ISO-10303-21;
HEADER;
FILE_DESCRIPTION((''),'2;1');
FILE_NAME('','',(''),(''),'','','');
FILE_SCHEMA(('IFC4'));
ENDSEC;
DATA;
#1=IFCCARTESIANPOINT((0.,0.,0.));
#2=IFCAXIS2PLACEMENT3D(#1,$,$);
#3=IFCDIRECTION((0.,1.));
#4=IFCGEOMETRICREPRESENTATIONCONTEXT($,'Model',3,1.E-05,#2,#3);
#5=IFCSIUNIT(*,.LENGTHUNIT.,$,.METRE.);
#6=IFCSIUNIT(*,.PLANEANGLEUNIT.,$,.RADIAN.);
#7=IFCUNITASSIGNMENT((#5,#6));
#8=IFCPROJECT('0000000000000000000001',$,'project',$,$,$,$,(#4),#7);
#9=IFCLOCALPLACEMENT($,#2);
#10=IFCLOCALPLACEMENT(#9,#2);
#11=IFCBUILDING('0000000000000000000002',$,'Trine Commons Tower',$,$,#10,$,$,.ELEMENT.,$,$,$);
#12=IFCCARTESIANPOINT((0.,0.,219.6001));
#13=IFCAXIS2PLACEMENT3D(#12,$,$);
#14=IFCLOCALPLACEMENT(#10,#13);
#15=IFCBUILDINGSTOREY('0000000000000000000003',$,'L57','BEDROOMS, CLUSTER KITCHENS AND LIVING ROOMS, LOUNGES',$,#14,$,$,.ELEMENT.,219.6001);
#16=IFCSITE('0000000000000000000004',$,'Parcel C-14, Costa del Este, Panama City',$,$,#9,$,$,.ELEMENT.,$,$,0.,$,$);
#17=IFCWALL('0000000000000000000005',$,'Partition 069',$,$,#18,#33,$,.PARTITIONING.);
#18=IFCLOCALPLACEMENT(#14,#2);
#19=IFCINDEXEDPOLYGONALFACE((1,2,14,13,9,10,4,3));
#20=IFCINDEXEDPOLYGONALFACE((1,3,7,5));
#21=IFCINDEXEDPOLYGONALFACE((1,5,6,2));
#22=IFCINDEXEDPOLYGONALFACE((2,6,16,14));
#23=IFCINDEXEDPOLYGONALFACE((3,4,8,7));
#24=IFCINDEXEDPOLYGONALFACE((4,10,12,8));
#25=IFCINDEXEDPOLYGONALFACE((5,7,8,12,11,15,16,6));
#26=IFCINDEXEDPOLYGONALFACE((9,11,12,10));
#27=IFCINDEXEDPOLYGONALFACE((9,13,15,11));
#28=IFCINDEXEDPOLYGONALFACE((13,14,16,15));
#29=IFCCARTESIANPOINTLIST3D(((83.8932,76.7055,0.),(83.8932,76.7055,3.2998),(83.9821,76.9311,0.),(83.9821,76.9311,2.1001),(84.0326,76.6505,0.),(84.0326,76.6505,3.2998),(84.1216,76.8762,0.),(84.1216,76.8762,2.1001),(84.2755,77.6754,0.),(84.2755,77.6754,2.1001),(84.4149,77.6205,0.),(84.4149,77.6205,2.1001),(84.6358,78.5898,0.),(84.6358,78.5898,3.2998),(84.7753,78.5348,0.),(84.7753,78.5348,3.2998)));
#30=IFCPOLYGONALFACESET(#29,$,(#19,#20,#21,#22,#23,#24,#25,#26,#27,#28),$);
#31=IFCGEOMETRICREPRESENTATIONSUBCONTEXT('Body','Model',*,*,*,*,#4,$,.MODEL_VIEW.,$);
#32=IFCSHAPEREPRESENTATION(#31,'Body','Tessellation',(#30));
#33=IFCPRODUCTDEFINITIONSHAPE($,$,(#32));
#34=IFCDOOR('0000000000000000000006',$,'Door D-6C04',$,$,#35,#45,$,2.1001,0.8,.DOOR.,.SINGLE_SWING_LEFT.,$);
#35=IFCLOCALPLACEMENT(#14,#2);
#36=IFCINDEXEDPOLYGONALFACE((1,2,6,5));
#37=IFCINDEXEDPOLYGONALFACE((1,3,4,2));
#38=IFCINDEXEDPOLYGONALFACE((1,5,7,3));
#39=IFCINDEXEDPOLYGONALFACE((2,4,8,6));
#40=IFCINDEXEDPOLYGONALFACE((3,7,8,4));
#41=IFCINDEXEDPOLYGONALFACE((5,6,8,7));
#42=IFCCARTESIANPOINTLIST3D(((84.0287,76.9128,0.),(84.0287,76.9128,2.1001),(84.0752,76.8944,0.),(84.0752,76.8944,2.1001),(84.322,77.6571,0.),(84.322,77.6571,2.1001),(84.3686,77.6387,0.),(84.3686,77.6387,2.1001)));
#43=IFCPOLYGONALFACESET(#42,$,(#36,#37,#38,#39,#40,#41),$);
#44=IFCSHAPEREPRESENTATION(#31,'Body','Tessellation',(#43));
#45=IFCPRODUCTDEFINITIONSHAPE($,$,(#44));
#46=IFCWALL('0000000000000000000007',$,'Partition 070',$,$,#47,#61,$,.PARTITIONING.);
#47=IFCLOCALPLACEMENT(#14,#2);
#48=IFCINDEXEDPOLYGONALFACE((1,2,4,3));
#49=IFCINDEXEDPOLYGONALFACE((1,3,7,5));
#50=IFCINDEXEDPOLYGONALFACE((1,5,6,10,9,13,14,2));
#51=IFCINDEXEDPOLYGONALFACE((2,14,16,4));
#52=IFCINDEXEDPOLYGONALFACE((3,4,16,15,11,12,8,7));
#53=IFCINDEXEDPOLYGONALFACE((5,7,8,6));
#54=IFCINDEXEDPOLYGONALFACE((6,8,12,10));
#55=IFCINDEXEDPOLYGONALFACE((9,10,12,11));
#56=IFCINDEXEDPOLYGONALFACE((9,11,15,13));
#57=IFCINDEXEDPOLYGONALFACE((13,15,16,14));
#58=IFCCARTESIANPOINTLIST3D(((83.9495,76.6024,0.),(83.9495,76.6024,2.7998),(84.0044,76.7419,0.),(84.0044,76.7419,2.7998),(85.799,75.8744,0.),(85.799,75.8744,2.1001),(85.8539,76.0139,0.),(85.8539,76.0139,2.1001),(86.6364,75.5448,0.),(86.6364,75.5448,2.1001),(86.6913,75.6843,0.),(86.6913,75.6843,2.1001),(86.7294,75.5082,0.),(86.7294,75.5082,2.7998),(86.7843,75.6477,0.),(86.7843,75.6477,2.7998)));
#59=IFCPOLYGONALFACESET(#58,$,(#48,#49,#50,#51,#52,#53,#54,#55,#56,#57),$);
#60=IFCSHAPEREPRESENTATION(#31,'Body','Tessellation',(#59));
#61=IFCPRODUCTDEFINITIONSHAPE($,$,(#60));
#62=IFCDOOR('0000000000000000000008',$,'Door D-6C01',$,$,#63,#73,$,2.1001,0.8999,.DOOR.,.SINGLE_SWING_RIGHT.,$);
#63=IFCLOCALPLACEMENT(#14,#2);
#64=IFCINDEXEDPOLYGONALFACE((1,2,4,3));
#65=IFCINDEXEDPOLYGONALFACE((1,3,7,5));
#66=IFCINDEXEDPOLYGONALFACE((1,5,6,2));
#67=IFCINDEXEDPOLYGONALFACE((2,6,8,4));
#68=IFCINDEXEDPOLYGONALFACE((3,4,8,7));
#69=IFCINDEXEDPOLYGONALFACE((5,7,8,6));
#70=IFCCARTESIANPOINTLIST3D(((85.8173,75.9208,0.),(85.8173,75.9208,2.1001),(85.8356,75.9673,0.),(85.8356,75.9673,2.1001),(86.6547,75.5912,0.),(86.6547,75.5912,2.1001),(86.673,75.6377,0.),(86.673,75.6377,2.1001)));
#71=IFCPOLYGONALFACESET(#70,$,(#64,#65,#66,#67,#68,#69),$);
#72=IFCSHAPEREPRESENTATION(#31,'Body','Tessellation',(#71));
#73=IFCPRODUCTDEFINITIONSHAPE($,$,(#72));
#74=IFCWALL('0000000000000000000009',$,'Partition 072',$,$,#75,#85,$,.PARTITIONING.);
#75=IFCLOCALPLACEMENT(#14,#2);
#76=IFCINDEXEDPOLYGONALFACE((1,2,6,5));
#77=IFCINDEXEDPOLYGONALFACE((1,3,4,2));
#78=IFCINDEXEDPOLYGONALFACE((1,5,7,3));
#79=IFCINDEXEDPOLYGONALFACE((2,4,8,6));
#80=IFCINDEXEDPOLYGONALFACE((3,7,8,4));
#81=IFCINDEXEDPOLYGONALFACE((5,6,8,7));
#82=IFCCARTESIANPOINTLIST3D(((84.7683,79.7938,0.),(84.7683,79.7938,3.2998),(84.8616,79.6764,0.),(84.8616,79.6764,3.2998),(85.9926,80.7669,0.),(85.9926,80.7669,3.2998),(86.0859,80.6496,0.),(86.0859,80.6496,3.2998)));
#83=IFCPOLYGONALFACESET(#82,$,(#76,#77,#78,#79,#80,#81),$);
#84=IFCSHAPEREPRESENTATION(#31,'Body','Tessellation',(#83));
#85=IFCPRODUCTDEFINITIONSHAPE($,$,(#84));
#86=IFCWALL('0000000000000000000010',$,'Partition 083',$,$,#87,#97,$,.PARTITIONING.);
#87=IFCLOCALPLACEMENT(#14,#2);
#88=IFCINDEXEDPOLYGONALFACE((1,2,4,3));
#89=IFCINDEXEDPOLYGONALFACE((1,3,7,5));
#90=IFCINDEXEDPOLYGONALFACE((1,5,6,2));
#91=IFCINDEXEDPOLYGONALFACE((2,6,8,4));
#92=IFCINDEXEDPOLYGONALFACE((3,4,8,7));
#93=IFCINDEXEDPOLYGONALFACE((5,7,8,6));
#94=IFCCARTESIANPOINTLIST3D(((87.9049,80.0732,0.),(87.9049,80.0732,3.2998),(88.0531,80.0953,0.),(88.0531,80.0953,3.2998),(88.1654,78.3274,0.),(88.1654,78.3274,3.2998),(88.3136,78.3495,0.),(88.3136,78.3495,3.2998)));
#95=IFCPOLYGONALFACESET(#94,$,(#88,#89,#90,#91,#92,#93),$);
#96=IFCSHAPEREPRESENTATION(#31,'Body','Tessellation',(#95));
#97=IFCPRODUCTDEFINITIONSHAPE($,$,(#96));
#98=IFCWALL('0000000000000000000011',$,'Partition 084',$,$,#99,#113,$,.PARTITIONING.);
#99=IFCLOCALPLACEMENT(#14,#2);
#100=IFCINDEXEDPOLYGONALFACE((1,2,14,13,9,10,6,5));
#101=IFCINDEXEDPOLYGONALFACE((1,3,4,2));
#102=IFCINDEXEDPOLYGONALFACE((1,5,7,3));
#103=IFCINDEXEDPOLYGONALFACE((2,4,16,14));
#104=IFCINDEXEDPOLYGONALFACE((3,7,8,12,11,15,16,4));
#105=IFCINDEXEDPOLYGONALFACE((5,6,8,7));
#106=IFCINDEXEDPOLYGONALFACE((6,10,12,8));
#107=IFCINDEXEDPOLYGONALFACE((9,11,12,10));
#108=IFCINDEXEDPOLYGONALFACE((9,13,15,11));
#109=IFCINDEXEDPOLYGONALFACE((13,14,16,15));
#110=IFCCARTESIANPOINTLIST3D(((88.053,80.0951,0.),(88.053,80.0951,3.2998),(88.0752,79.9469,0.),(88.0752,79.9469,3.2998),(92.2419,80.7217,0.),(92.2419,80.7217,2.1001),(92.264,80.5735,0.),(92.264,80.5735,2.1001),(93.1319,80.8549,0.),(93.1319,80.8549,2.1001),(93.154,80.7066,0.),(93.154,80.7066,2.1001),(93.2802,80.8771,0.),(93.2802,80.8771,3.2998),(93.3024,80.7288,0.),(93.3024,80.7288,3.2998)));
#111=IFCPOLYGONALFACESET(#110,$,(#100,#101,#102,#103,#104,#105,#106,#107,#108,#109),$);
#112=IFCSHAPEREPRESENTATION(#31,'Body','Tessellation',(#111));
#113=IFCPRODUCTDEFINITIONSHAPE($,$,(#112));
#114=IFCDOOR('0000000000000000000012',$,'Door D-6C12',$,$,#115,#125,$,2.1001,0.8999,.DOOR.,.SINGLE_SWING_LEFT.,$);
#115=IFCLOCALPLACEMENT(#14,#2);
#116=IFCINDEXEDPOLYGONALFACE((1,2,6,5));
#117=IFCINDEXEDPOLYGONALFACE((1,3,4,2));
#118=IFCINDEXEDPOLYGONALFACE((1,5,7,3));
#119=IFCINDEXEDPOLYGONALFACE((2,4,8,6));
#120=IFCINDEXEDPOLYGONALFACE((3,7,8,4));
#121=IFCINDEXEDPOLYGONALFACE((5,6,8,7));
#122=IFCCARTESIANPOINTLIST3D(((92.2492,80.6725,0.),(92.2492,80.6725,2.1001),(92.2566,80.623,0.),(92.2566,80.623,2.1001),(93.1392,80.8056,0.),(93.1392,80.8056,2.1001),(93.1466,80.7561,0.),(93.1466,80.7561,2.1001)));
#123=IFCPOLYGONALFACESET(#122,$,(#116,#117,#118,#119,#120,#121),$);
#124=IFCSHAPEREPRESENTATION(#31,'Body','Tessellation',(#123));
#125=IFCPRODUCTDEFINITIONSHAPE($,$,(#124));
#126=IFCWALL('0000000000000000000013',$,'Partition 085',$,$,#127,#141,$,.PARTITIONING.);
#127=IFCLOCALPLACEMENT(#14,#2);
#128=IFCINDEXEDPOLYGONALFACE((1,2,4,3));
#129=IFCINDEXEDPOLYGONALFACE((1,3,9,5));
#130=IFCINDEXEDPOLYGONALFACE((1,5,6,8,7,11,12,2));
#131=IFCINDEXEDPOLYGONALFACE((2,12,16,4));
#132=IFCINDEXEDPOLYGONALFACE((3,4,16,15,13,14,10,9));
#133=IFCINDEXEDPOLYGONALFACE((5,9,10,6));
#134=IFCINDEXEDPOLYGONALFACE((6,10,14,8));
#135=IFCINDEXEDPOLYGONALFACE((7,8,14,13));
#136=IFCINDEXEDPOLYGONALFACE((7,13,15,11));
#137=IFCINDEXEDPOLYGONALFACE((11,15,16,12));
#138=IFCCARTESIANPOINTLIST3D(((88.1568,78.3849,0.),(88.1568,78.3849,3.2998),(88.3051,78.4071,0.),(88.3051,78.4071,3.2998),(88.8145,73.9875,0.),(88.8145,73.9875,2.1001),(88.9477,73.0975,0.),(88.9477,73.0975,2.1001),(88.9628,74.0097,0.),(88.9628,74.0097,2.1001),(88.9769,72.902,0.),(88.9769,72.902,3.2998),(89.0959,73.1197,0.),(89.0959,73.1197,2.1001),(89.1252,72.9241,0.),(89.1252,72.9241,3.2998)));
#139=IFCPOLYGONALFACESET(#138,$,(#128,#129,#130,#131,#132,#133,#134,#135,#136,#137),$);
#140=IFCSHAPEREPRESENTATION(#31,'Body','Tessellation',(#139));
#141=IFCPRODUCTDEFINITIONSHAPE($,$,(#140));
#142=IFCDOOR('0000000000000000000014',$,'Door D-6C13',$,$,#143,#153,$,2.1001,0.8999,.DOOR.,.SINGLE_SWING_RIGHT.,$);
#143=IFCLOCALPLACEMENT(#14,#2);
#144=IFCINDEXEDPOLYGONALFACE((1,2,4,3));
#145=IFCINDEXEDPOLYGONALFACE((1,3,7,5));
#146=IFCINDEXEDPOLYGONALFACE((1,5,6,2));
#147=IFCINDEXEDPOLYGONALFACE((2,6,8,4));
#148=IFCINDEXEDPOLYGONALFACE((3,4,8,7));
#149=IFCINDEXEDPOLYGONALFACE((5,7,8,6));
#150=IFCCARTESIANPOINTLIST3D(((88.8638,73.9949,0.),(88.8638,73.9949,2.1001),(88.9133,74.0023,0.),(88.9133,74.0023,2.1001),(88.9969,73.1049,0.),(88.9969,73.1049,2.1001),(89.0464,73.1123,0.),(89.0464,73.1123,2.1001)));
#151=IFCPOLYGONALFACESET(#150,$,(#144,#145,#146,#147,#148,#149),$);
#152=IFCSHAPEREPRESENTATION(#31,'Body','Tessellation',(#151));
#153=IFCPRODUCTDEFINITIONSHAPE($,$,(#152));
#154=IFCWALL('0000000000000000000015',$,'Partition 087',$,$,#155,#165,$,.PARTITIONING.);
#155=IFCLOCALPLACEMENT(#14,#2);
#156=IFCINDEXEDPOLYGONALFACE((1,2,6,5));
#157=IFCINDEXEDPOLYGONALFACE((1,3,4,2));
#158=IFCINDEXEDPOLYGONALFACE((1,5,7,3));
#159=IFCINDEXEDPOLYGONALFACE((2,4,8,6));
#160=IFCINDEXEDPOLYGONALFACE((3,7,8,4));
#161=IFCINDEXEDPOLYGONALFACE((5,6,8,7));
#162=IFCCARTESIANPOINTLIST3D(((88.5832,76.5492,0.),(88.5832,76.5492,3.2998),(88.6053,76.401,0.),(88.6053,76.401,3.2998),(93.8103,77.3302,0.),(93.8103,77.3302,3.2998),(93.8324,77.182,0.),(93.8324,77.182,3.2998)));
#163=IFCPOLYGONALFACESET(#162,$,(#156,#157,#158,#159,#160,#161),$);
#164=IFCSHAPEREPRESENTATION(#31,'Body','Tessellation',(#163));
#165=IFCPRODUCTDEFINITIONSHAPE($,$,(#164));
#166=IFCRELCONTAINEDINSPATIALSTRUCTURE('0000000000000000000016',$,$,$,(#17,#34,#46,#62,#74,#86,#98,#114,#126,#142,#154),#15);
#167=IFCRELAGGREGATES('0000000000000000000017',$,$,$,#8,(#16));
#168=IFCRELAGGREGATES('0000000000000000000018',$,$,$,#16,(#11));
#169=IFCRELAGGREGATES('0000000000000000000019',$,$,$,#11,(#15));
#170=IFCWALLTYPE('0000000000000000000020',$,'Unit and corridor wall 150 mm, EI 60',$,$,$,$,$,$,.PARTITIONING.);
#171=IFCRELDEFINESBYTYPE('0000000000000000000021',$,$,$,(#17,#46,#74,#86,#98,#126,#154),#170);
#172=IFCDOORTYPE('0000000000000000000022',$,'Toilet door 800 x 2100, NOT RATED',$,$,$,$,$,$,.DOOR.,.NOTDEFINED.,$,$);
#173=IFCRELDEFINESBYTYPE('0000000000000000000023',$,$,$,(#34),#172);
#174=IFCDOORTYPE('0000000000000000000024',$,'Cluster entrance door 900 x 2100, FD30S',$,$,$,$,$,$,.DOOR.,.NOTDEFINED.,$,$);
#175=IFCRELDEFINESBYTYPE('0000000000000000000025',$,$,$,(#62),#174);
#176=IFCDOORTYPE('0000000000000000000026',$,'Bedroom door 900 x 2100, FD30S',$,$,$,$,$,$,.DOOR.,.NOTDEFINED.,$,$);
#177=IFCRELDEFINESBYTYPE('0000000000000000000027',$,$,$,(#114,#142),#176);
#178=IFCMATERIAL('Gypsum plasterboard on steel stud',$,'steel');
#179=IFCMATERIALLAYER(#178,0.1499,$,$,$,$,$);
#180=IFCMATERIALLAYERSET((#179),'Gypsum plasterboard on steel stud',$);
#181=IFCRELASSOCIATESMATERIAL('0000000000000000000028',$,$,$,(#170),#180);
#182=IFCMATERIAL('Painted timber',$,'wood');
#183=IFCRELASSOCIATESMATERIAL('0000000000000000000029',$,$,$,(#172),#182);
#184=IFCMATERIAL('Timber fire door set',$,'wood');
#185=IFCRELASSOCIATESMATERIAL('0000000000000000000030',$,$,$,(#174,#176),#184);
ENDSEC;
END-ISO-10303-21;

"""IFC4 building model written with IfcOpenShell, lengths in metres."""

from ifc_helpers import new_model, si_unit, direction, frame, frame_2d, origin, place, context, subcontext, project, spatial, rectangle, extrude, material, layer, layer_set, type_object, element, fill, save


model = new_model("IFC4")

# Units and contexts
model_context = context("Model", 3, precision=1e-05, world=origin(), true_north=direction((0.0, 1.0)))
body_context = subcontext(model_context, "Body", "Model", "MODEL_VIEW")
ifc_project = project(units=[si_unit("LENGTHUNIT", "METRE"), si_unit("PLANEANGLEUNIT", "RADIAN")], contexts=[model_context])

# Site, building, storey
site_placement = place(None, origin())
site = spatial("IfcSite", under=ifc_project, at=site_placement, Name="Parcel C-14, Costa del Este, Panama City", CompositionType="ELEMENT", RefElevation=0.0)
building_placement = place(site_placement, origin())
building = spatial("IfcBuilding", under=site, at=building_placement, Name="Trine Commons Tower", CompositionType="ELEMENT")
storey_placement = place(building_placement, frame((0.0, 0.0, 219.6001)))
storey = spatial("IfcBuildingStorey", under=building, at=storey_placement, Name="L57", Description="BEDROOMS, CLUSTER KITCHENS AND LIVING ROOMS, LOUNGES", CompositionType="ELEMENT", Elevation=219.6001)

# Shared definitions
ifc_material_1 = material(Name="Gypsum plasterboard on steel stud", Category="steel")
ifc_layer_1 = layer(ifc_material_1, 0.1499)
ifc_layer_set_1 = layer_set([ifc_layer_1], Name="Gypsum plasterboard on steel stud")
wall_type_1 = type_object("IfcWallType", Name="Unit and corridor wall 150 mm, EI 60", PredefinedType="PARTITIONING", material=ifc_layer_set_1)

# Walls, openings, doors
wall_1_placement = place(storey_placement, frame((83.9629, 76.678, 0.0), z_axis=(0.0, 0.0, 1.0), x_axis=(0.366689, 0.930344, 0.0)))
wall_1 = element("IfcWall", 1, at=wall_1_placement, inside=storey, type_object=wall_type_1, Name="Partition 069", PredefinedType="PARTITIONING", context=body_context, shape_type="SweptSolid", body=[
    extrude(rectangle(XDim=2.0254, YDim=0.1499, at=frame_2d((1.0127, 0.0))), origin(), (0.0, 0.0, 1.0), 3.2998),
])
opening_1_placement = place(wall_1_placement, frame((0.2427, 0.0, 0.0)))
opening_1 = element("IfcOpeningElement", 2, at=opening_1_placement, cuts=wall_1, PredefinedType="OPENING", context=body_context, shape_type="SweptSolid", body=[
    extrude(rectangle(XDim=0.8, YDim=2.1001, at=frame_2d((0.3999, 1.05))), frame((0.0, 0.085, 0.0), z_axis=(0.0, -1.0, 0.0), x_axis=(1.0, 0.0, 0.0)), (0.0, 0.0, 1.0), 0.1699),
])
ifc_material_2 = material(Name="Painted timber", Category="wood")
door_type_1 = type_object("IfcDoorType", Name="Toilet door 800 x 2100, NOT RATED", OperationType="NOTDEFINED", PredefinedType="DOOR", material=ifc_material_2)
door_1_placement = place(opening_1_placement, origin())
door_1 = element("IfcDoor", 3, at=door_1_placement, inside=storey, type_object=door_type_1, Name="Door D-6C04", OperationType="SINGLE_SWING_LEFT", OverallHeight=2.1001, OverallWidth=0.8, PredefinedType="DOOR", context=body_context, shape_type="SweptSolid", body=[
    extrude(rectangle(XDim=0.8, YDim=2.1001, at=frame_2d((0.3999, 1.05))), frame((0.0, 0.0249, 0.0), z_axis=(0.0, -1.0, 0.0), x_axis=(1.0, 0.0, 0.0)), (0.0, 0.0, 1.0), 0.05),
])
fill(opening_1, door_1)
wall_2_placement = place(storey_placement, frame((83.9771, 76.6721, 0.0), z_axis=(0.0, 0.0, 1.0), x_axis=(0.930514, -0.366257, 0.0)))
wall_2 = element("IfcWall", 4, at=wall_2_placement, inside=storey, type_object=wall_type_1, Name="Partition 070", PredefinedType="PARTITIONING", context=body_context, shape_type="SweptSolid", body=[
    extrude(rectangle(XDim=2.9875, YDim=0.1499, at=frame_2d((1.4937, 0.0))), origin(), (0.0, 0.0, 1.0), 2.7998),
])
opening_2_placement = place(wall_2_placement, frame((1.9875, 0.0, 0.0)))
opening_2 = element("IfcOpeningElement", 5, at=opening_2_placement, cuts=wall_2, PredefinedType="OPENING", context=body_context, shape_type="SweptSolid", body=[
    extrude(rectangle(XDim=0.8999, YDim=2.1001, at=frame_2d((0.45, 1.05))), frame((0.0, 0.085, 0.0), z_axis=(0.0, -1.0, 0.0), x_axis=(1.0, 0.0, 0.0)), (0.0, 0.0, 1.0), 0.1699),
])
ifc_material_3 = material(Name="Timber fire door set", Category="wood")
door_type_2 = type_object("IfcDoorType", Name="Cluster entrance door 900 x 2100, FD30S", OperationType="NOTDEFINED", PredefinedType="DOOR", material=ifc_material_3)
door_2_placement = place(opening_2_placement, origin())
door_2 = element("IfcDoor", 6, at=door_2_placement, inside=storey, type_object=door_type_2, Name="Door D-6C01", OperationType="SINGLE_SWING_RIGHT", OverallHeight=2.1001, OverallWidth=0.8999, PredefinedType="DOOR", context=body_context, shape_type="SweptSolid", body=[
    extrude(rectangle(XDim=0.8999, YDim=2.1001, at=frame_2d((0.45, 1.05))), frame((0.0, 0.0249, 0.0), z_axis=(0.0, -1.0, 0.0), x_axis=(1.0, 0.0, 0.0)), (0.0, 0.0, 1.0), 0.05),
])
fill(opening_2, door_2)

# Walls
wall_3_placement = place(storey_placement, frame((84.8149, 79.7351, 0.0), z_axis=(0.0, 0.0, 1.0), x_axis=(0.782845, 0.622217, 0.0)))
element("IfcWall", 7, at=wall_3_placement, inside=storey, type_object=wall_type_1, Name="Partition 072", PredefinedType="PARTITIONING", context=body_context, shape_type="SweptSolid", body=[
    extrude(rectangle(XDim=1.564, YDim=0.1499, at=frame_2d((0.782, 0.0))), origin(), (0.0, 0.0, 1.0), 3.2998),
])
wall_4_placement = place(storey_placement, frame((87.979, 80.0842, 0.0), z_axis=(0.0, 0.0, 1.0), x_axis=(0.147576, -0.989051, 0.0)))
element("IfcWall", 8, at=wall_4_placement, inside=storey, type_object=wall_type_1, Name="Partition 083", PredefinedType="PARTITIONING", context=body_context, shape_type="SweptSolid", body=[
    extrude(rectangle(XDim=1.7651, YDim=0.1499, at=frame_2d((0.8826, 0.0))), origin(), (0.0, 0.0, 1.0), 3.2998),
])

# Walls, openings, doors
wall_5_placement = place(storey_placement, frame((88.0642, 80.021, 0.0), z_axis=(0.0, 0.0, 1.0), x_axis=(0.988995, 0.14795, 0.0)))
wall_5 = element("IfcWall", 9, at=wall_5_placement, inside=storey, type_object=wall_type_1, Name="Partition 084", PredefinedType="PARTITIONING", context=body_context, shape_type="SweptSolid", body=[
    extrude(rectangle(XDim=5.2854, YDim=0.1499, at=frame_2d((2.6426, 0.0))), origin(), (0.0, 0.0, 1.0), 3.2998),
])
opening_3_placement = place(wall_5_placement, frame((4.2354, 0.0, 0.0)))
opening_3 = element("IfcOpeningElement", 10, at=opening_3_placement, cuts=wall_5, PredefinedType="OPENING", context=body_context, shape_type="SweptSolid", body=[
    extrude(rectangle(XDim=0.8999, YDim=2.1001, at=frame_2d((0.45, 1.05))), frame((0.0, 0.085, 0.0), z_axis=(0.0, -1.0, 0.0), x_axis=(1.0, 0.0, 0.0)), (0.0, 0.0, 1.0), 0.1699),
])
door_type_3 = type_object("IfcDoorType", Name="Bedroom door 900 x 2100, FD30S", OperationType="NOTDEFINED", PredefinedType="DOOR", material=ifc_material_3)
door_3_placement = place(opening_3_placement, frame((0.8999, 0.0, 0.0), z_axis=(0.0, 0.0, 1.0), x_axis=(-1.0, 0.0, 0.0)))
door_3 = element("IfcDoor", 11, at=door_3_placement, inside=storey, type_object=door_type_3, Name="Door D-6C12", OperationType="SINGLE_SWING_LEFT", OverallHeight=2.1001, OverallWidth=0.8999, PredefinedType="DOOR", context=body_context, shape_type="SweptSolid", body=[
    extrude(rectangle(XDim=0.8999, YDim=2.1001, at=frame_2d((0.45, 1.05))), frame((0.0, 0.0249, 0.0), z_axis=(0.0, -1.0, 0.0), x_axis=(1.0, 0.0, 0.0)), (0.0, 0.0, 1.0), 0.05),
])
fill(opening_3, door_3)
wall_6_placement = place(storey_placement, frame((88.231, 78.396, 0.0), z_axis=(0.0, 0.0, 1.0), x_axis=(0.147923, -0.988999, 0.0)))
wall_6 = element("IfcWall", 12, at=wall_6_placement, inside=storey, type_object=wall_type_1, Name="Partition 085", PredefinedType="PARTITIONING", context=body_context, shape_type="SweptSolid", body=[
    extrude(rectangle(XDim=5.5439, YDim=0.1499, at=frame_2d((2.772, 0.0))), origin(), (0.0, 0.0, 1.0), 3.2998),
])
opening_4_placement = place(wall_6_placement, frame((4.4463, 0.0, 0.0)))
opening_4 = element("IfcOpeningElement", 13, at=opening_4_placement, cuts=wall_6, PredefinedType="OPENING", context=body_context, shape_type="SweptSolid", body=[
    extrude(rectangle(XDim=0.8999, YDim=2.1001, at=frame_2d((0.45, 1.05))), frame((0.0, 0.085, 0.0), z_axis=(0.0, -1.0, 0.0), x_axis=(1.0, 0.0, 0.0)), (0.0, 0.0, 1.0), 0.1699),
])
door_4_placement = place(opening_4_placement, origin())
door_4 = element("IfcDoor", 14, at=door_4_placement, inside=storey, type_object=door_type_3, Name="Door D-6C13", OperationType="SINGLE_SWING_RIGHT", OverallHeight=2.1001, OverallWidth=0.8999, PredefinedType="DOOR", context=body_context, shape_type="SweptSolid", body=[
    extrude(rectangle(XDim=0.8999, YDim=2.1001, at=frame_2d((0.45, 1.05))), frame((0.0, 0.0249, 0.0), z_axis=(0.0, -1.0, 0.0), x_axis=(1.0, 0.0, 0.0)), (0.0, 0.0, 1.0), 0.05),
])
fill(opening_4, door_4)

# Wall
wall_7_placement = place(storey_placement, frame((88.5942, 76.4751, 0.0), z_axis=(0.0, 0.0, 1.0), x_axis=(0.989021, 0.147776, 0.0)))
element("IfcWall", 15, at=wall_7_placement, inside=storey, type_object=wall_type_1, Name="Partition 087", PredefinedType="PARTITIONING", context=body_context, shape_type="SweptSolid", body=[
    extrude(rectangle(XDim=5.2852, YDim=0.1499, at=frame_2d((2.6426, 0.0))), origin(), (0.0, 0.0, 1.0), 3.2998),
])

save(model, "model.ifc")
